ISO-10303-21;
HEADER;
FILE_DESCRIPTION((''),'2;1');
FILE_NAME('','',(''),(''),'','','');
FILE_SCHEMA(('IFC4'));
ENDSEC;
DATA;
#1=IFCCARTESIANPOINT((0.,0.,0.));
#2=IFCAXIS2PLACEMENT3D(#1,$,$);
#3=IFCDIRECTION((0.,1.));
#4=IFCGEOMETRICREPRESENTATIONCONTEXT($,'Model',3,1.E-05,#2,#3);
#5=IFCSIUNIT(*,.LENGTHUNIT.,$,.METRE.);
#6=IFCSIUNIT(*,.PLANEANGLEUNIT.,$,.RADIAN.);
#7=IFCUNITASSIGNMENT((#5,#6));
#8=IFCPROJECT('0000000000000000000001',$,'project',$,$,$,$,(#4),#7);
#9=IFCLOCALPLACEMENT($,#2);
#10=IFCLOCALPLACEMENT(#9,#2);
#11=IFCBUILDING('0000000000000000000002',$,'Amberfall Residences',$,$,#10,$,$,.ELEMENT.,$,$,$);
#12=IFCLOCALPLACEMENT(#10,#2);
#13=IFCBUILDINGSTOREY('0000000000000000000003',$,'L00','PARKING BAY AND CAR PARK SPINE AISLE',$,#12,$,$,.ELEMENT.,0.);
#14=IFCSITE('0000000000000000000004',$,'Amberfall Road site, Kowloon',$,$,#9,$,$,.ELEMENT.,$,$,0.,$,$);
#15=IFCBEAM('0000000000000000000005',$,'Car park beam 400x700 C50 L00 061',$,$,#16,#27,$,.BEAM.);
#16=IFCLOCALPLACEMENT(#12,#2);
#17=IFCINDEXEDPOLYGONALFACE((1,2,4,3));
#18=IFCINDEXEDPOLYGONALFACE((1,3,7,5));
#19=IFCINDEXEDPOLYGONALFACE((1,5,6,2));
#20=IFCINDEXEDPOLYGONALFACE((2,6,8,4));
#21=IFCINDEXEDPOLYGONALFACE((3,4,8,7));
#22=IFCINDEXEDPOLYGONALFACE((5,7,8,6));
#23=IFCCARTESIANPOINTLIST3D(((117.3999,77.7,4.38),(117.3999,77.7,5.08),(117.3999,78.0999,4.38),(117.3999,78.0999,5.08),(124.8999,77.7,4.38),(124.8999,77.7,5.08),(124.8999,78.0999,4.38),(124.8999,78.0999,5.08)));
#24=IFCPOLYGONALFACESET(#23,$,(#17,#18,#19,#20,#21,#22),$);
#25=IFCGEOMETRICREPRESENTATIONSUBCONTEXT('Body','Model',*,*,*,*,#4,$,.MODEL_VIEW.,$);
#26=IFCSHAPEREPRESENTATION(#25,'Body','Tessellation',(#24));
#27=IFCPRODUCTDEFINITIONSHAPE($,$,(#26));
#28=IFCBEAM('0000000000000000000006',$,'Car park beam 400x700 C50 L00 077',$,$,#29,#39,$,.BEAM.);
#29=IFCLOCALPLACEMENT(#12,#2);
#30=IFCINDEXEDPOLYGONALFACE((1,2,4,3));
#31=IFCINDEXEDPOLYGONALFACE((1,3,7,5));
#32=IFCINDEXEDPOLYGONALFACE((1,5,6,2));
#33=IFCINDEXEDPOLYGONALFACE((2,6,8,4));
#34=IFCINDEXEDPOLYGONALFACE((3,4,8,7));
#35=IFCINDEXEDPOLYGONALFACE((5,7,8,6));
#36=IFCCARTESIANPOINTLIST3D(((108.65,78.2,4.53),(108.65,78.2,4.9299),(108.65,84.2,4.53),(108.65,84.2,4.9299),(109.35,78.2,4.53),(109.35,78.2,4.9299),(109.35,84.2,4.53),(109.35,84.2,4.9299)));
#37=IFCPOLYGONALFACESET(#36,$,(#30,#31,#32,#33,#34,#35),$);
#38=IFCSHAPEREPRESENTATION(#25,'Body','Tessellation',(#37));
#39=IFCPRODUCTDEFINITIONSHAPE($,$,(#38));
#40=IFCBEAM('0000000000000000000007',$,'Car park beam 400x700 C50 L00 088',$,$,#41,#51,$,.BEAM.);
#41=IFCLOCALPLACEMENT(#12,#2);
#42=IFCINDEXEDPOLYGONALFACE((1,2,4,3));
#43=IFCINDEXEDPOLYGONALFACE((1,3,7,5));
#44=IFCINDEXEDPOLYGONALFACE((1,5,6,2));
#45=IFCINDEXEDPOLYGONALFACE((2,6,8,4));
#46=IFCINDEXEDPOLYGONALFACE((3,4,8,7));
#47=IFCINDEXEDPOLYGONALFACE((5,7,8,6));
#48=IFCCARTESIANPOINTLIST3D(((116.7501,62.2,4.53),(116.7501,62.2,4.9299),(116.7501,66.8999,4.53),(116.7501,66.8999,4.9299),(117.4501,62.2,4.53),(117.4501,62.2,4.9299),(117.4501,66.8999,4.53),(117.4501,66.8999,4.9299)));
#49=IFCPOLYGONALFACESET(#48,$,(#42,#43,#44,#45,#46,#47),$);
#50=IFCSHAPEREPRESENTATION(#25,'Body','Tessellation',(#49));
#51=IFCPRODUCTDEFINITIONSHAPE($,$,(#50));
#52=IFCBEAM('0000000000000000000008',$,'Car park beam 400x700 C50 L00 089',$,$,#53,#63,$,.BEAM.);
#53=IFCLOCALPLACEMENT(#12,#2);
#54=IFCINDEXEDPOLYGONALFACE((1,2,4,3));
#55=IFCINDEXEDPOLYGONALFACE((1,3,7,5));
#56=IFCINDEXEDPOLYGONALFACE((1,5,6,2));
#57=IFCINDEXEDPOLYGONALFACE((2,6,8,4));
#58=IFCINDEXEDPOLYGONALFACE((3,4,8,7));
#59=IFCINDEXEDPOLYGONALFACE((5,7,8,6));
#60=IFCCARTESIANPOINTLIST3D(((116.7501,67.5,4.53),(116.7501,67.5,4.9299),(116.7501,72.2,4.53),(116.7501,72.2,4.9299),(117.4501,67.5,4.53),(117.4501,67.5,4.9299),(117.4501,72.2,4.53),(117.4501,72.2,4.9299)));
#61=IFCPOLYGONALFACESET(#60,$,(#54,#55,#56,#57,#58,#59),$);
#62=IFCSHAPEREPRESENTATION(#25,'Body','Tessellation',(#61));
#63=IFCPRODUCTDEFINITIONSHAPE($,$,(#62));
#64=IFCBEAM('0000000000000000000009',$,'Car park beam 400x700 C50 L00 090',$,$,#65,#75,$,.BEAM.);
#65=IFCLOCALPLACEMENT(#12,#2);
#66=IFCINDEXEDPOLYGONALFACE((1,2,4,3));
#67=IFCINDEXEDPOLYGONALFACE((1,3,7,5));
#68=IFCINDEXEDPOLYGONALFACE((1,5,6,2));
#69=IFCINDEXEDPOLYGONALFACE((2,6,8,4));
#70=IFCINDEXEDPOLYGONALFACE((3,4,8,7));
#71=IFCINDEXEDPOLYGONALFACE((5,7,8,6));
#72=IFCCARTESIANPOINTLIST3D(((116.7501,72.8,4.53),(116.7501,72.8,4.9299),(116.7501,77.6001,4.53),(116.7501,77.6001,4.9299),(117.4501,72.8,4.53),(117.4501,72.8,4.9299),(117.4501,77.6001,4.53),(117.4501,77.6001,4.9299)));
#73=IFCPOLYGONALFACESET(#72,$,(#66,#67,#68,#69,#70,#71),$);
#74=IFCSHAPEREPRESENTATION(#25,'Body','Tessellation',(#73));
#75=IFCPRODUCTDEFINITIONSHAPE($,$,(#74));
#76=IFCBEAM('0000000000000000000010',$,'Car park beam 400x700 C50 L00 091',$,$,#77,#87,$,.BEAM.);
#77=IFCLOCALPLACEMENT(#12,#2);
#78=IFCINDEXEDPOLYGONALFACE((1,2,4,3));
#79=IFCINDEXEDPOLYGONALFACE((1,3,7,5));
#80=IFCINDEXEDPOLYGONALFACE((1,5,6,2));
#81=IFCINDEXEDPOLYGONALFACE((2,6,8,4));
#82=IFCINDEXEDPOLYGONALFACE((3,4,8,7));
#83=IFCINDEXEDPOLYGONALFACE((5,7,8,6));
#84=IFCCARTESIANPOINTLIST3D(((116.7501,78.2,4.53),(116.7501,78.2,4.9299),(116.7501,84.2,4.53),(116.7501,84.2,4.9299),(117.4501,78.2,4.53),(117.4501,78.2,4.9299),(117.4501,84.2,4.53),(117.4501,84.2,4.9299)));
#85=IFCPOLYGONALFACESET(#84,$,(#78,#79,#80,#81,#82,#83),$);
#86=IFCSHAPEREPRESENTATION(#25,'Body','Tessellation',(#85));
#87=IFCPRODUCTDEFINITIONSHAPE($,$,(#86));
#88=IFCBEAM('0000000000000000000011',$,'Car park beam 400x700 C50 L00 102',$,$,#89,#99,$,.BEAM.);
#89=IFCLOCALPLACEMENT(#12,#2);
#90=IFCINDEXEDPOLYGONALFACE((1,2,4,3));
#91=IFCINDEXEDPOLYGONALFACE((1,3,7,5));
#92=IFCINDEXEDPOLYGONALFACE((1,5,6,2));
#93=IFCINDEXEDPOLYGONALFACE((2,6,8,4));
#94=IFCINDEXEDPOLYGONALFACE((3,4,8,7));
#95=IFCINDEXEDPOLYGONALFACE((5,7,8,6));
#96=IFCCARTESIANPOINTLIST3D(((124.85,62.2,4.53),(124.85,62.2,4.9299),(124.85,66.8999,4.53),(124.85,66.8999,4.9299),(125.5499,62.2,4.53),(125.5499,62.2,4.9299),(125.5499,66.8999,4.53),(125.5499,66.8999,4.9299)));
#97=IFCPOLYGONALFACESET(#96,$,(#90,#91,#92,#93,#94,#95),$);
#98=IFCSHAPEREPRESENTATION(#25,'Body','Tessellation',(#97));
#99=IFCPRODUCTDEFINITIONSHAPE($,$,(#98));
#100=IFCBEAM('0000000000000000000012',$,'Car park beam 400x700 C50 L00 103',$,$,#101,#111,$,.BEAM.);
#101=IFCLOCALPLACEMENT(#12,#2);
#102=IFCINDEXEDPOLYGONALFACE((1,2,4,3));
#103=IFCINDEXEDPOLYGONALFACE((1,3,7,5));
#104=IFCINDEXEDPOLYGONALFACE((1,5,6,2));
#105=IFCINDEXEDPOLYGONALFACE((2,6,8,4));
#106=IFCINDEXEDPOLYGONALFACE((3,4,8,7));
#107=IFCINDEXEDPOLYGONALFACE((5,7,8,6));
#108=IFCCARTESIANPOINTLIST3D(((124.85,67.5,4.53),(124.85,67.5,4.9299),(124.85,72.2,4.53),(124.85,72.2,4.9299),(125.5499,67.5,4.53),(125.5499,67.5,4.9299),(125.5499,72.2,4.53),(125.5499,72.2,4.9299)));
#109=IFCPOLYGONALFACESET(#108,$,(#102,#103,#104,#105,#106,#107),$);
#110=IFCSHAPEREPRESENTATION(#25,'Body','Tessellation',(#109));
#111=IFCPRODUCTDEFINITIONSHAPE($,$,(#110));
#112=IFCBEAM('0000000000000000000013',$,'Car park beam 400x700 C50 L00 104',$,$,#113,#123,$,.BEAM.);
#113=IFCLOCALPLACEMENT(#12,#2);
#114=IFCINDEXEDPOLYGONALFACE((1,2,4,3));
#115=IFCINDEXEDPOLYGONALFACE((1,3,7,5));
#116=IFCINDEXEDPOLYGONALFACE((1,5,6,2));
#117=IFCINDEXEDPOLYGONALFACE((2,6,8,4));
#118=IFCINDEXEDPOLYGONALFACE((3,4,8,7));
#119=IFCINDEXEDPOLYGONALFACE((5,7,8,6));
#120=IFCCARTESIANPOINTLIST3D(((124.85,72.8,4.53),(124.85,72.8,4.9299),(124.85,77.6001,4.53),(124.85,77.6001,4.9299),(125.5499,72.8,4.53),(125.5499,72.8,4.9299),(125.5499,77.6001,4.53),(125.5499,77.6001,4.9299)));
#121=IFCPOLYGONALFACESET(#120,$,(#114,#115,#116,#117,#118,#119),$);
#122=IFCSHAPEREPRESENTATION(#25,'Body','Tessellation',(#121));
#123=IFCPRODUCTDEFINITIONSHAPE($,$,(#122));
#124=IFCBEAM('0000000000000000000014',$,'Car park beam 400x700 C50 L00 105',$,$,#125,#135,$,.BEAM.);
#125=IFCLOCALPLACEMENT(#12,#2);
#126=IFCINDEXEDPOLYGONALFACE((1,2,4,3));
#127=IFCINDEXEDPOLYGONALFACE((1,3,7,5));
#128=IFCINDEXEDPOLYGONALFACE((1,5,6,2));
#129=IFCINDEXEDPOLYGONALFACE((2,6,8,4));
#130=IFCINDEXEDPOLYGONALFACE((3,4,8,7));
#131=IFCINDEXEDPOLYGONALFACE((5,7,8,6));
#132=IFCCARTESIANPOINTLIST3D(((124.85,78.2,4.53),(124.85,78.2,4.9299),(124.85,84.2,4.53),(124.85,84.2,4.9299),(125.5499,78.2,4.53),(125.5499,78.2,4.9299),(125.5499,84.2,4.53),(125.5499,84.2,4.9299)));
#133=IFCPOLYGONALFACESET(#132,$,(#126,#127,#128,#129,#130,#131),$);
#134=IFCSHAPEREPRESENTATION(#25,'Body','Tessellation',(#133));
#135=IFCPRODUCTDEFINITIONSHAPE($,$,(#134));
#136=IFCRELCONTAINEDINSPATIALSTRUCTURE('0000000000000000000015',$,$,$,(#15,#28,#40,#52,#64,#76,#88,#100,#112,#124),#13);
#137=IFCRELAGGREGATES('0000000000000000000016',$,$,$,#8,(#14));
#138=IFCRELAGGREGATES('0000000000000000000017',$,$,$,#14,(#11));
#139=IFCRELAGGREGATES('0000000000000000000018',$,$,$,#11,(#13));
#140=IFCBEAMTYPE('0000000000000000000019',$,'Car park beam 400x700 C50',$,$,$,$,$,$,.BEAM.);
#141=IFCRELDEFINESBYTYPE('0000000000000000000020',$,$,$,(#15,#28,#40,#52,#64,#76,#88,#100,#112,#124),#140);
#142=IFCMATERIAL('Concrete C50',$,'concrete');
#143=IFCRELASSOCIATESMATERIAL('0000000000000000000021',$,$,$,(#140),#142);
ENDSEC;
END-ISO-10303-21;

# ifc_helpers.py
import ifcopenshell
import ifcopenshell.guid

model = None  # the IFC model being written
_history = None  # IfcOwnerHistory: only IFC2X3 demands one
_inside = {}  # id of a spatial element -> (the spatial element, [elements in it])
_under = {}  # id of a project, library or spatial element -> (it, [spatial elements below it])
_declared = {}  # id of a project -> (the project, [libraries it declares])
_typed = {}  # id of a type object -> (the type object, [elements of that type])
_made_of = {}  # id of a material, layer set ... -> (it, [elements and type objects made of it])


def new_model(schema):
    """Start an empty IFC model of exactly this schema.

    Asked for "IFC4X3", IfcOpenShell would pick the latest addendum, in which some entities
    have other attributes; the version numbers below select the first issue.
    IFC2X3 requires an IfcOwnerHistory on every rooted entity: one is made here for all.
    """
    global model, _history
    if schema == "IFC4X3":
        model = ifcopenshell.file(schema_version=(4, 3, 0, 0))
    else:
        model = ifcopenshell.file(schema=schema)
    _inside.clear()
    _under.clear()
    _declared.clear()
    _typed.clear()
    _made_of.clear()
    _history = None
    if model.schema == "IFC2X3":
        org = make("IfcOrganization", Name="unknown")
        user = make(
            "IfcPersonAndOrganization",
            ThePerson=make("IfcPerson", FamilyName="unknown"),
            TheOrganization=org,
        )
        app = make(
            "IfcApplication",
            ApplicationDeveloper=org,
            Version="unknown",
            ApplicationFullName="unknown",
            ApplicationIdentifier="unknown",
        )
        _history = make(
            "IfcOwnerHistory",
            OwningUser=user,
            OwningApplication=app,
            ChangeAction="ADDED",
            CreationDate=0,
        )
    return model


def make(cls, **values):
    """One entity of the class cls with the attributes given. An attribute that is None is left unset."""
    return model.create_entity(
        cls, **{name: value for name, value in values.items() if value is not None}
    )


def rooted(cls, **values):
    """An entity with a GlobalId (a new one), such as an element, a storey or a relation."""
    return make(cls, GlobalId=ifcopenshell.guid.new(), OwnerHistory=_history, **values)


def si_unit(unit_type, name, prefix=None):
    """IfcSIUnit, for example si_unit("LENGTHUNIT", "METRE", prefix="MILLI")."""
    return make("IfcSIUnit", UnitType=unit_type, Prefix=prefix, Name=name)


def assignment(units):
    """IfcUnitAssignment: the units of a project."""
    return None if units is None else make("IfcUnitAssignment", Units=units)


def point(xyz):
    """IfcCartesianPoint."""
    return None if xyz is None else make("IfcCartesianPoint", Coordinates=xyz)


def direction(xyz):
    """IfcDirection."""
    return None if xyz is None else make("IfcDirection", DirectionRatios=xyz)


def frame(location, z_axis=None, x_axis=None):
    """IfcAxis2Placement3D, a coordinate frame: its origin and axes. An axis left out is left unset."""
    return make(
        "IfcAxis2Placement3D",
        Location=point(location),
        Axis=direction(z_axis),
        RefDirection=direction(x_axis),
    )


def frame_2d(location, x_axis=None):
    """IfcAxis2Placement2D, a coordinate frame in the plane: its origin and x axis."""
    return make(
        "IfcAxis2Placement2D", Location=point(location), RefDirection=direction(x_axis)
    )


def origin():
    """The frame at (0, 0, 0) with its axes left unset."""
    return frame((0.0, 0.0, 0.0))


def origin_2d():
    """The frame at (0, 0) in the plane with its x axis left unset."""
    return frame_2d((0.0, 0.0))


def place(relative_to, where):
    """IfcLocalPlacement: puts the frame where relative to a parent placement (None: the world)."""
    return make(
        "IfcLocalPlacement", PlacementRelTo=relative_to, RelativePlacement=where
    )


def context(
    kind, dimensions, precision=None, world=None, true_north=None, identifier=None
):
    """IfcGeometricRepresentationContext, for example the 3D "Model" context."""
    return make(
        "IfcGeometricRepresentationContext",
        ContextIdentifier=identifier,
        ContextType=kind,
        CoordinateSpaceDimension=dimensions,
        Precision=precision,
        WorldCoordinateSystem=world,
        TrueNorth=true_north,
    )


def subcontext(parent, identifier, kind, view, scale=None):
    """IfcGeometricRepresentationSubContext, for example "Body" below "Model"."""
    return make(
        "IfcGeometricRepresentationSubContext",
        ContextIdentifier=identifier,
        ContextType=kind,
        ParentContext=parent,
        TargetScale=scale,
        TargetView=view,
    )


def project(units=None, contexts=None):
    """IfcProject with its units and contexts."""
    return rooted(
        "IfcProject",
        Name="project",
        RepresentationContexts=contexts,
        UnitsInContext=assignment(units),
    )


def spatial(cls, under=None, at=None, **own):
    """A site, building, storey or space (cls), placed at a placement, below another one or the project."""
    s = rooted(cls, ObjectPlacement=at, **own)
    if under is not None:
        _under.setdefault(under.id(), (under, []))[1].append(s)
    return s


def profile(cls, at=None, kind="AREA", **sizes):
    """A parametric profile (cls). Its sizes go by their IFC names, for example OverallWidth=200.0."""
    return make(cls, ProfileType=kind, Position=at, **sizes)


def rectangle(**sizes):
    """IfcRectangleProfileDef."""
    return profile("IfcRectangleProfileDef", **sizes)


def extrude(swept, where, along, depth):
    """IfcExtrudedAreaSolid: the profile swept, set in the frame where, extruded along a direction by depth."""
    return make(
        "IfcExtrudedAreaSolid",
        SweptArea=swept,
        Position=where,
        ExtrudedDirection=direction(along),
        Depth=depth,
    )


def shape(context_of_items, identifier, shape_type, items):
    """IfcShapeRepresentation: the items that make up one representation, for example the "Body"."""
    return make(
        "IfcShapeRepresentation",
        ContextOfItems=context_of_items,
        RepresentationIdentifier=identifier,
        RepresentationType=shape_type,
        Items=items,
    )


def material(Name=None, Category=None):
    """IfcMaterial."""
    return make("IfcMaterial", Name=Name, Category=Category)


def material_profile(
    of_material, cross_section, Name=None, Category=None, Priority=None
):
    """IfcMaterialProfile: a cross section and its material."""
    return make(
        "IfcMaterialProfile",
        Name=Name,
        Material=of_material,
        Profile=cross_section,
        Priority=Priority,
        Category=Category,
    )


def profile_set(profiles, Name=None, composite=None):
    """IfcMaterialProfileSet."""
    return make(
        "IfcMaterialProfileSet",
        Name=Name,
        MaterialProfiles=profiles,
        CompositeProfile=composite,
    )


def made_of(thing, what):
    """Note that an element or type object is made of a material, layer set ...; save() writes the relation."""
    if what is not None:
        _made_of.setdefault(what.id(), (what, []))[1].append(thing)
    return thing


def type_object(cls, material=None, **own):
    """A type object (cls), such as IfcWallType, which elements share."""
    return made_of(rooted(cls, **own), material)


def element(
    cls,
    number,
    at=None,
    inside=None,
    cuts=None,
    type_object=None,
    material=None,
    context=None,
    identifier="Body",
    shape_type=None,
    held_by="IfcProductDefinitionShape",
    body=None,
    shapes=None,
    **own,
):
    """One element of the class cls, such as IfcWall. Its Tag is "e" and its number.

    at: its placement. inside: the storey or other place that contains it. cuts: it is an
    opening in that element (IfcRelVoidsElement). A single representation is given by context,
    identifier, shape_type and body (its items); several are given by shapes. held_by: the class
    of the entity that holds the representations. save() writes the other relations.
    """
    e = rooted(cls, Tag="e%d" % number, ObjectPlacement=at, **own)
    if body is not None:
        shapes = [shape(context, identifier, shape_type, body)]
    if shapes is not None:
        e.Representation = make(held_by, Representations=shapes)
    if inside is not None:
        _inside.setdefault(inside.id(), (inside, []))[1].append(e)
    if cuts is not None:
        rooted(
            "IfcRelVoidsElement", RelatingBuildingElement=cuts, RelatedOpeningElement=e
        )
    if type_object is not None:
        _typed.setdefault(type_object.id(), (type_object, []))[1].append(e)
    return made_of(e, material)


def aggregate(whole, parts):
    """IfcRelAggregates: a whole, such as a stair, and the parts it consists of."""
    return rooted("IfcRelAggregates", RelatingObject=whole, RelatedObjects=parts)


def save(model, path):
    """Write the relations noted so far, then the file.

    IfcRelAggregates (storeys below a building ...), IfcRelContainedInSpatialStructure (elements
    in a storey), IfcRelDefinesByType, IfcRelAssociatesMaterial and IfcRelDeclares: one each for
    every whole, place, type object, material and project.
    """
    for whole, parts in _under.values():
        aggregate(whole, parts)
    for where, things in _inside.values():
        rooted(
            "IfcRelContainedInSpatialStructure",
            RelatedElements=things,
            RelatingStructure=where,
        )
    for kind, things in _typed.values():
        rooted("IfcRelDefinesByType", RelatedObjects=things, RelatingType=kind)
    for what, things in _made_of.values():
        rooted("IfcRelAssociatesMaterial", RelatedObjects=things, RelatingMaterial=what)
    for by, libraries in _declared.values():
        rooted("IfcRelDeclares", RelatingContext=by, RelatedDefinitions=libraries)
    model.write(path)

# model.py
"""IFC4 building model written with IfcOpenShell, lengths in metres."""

from ifc_helpers import new_model, si_unit, direction, frame, origin, origin_2d, place, context, subcontext, project, spatial, rectangle, extrude, material, material_profile, profile_set, type_object, element, save


model = new_model("IFC4")

# Units and contexts
model_context = context("Model", 3, precision=1e-05, world=origin(), true_north=direction((0.0, 1.0)))
body_context = subcontext(model_context, "Body", "Model", "MODEL_VIEW")
ifc_project = project(units=[si_unit("LENGTHUNIT", "METRE"), si_unit("PLANEANGLEUNIT", "RADIAN")], contexts=[model_context])

# Site, building, storey
site_placement = place(None, origin())
site = spatial("IfcSite", under=ifc_project, at=site_placement, Name="Amberfall Road site, Kowloon", CompositionType="ELEMENT", RefElevation=0.0)
building_placement = place(site_placement, origin())
building = spatial("IfcBuilding", under=site, at=building_placement, Name="Amberfall Residences", CompositionType="ELEMENT")
storey_placement = place(building_placement, origin())
storey = spatial("IfcBuildingStorey", under=building, at=storey_placement, Name="L00", Description="PARKING BAY AND CAR PARK SPINE AISLE", CompositionType="ELEMENT", Elevation=0.0)

# Shared definitions
ifc_material_1 = material(Name="Concrete C50", Category="concrete")

# Beams
ifc_material_profile_1 = material_profile(ifc_material_1, rectangle(XDim=0.3999, YDim=0.7, at=origin_2d()), Name="RC 400x700")
ifc_profile_set_1 = profile_set([ifc_material_profile_1], Name="Concrete C50")
beam_type = type_object("IfcBeamType", Name="Car park beam 400x700 C50", PredefinedType="BEAM", material=ifc_profile_set_1)
for number, where, z_axis, x_axis, name in (
    (1, (117.3999, 77.8999, 4.73), (1.0, 0.0, 0.0), (0.0, 1.0, 0.0), "Car park beam 400x700 C50 L00 061"),
):
    element("IfcBeam", number, at=place(storey_placement, frame(where, z_axis=z_axis, x_axis=x_axis)), inside=storey, type_object=beam_type, Name=name, PredefinedType="BEAM", context=body_context, shape_type="SweptSolid", body=[
        extrude(rectangle(XDim=0.3999, YDim=0.7, at=origin_2d()), origin(), (0.0, 0.0, 1.0), 7.5),
    ])
beam_1_placement = place(storey_placement, frame((109.0, 78.2, 4.73), z_axis=(0.0, 1.0, 0.0), x_axis=(0.0, 0.0, 1.0)))
element("IfcBeam", 2, at=beam_1_placement, inside=storey, type_object=beam_type, Name="Car park beam 400x700 C50 L00 077", PredefinedType="BEAM", context=body_context, shape_type="SweptSolid", body=[
    extrude(rectangle(XDim=0.3999, YDim=0.7, at=origin_2d()), origin(), (0.0, 0.0, 1.0), 6.0),
])
for number, where, z_axis, x_axis, name in (
    (3, (117.1001, 62.2, 4.73), (0.0, 1.0, 0.0), (0.0, 0.0, 1.0), "Car park beam 400x700 C50 L00 088"),
    (4, (117.1001, 67.5, 4.73), (0.0, 1.0, 0.0), (0.0, 0.0, 1.0), "Car park beam 400x700 C50 L00 089"),
):
    element("IfcBeam", number, at=place(storey_placement, frame(where, z_axis=z_axis, x_axis=x_axis)), inside=storey, type_object=beam_type, Name=name, PredefinedType="BEAM", context=body_context, shape_type="SweptSolid", body=[
        extrude(rectangle(XDim=0.3999, YDim=0.7, at=origin_2d()), origin(), (0.0, 0.0, 1.0), 4.7),
    ])
beam_2_placement = place(storey_placement, frame((117.1001, 72.8, 4.73), z_axis=(0.0, 1.0, 0.0), x_axis=(0.0, 0.0, 1.0)))
element("IfcBeam", 5, at=beam_2_placement, inside=storey, type_object=beam_type, Name="Car park beam 400x700 C50 L00 090", PredefinedType="BEAM", context=body_context, shape_type="SweptSolid", body=[
    extrude(rectangle(XDim=0.3999, YDim=0.7, at=origin_2d()), origin(), (0.0, 0.0, 1.0), 4.8),
])
beam_3_placement = place(storey_placement, frame((117.1001, 78.2, 4.73), z_axis=(0.0, 1.0, 0.0), x_axis=(0.0, 0.0, 1.0)))
element("IfcBeam", 6, at=beam_3_placement, inside=storey, type_object=beam_type, Name="Car park beam 400x700 C50 L00 091", PredefinedType="BEAM", context=body_context, shape_type="SweptSolid", body=[
    extrude(rectangle(XDim=0.3999, YDim=0.7, at=origin_2d()), origin(), (0.0, 0.0, 1.0), 6.0),
])
for number, where, z_axis, x_axis, name in (
    (7, (125.2, 62.2, 4.73), (0.0, 1.0, 0.0), (0.0, 0.0, 1.0), "Car park beam 400x700 C50 L00 102"),
    (8, (125.2, 67.5, 4.73), (0.0, 1.0, 0.0), (0.0, 0.0, 1.0), "Car park beam 400x700 C50 L00 103"),
):
    element("IfcBeam", number, at=place(storey_placement, frame(where, z_axis=z_axis, x_axis=x_axis)), inside=storey, type_object=beam_type, Name=name, PredefinedType="BEAM", context=body_context, shape_type="SweptSolid", body=[
        extrude(rectangle(XDim=0.3999, YDim=0.7, at=origin_2d()), origin(), (0.0, 0.0, 1.0), 4.7),
    ])
beam_4_placement = place(storey_placement, frame((125.2, 72.8, 4.73), z_axis=(0.0, 1.0, 0.0), x_axis=(0.0, 0.0, 1.0)))
element("IfcBeam", 9, at=beam_4_placement, inside=storey, type_object=beam_type, Name="Car park beam 400x700 C50 L00 104", PredefinedType="BEAM", context=body_context, shape_type="SweptSolid", body=[
    extrude(rectangle(XDim=0.3999, YDim=0.7, at=origin_2d()), origin(), (0.0, 0.0, 1.0), 4.8),
])
beam_5_placement = place(storey_placement, frame((125.2, 78.2, 4.73), z_axis=(0.0, 1.0, 0.0), x_axis=(0.0, 0.0, 1.0)))
element("IfcBeam", 10, at=beam_5_placement, inside=storey, type_object=beam_type, Name="Car park beam 400x700 C50 L00 105", PredefinedType="BEAM", context=body_context, shape_type="SweptSolid", body=[
    extrude(rectangle(XDim=0.3999, YDim=0.7, at=origin_2d()), origin(), (0.0, 0.0, 1.0), 6.0),
])

save(model, "model.ifc")
